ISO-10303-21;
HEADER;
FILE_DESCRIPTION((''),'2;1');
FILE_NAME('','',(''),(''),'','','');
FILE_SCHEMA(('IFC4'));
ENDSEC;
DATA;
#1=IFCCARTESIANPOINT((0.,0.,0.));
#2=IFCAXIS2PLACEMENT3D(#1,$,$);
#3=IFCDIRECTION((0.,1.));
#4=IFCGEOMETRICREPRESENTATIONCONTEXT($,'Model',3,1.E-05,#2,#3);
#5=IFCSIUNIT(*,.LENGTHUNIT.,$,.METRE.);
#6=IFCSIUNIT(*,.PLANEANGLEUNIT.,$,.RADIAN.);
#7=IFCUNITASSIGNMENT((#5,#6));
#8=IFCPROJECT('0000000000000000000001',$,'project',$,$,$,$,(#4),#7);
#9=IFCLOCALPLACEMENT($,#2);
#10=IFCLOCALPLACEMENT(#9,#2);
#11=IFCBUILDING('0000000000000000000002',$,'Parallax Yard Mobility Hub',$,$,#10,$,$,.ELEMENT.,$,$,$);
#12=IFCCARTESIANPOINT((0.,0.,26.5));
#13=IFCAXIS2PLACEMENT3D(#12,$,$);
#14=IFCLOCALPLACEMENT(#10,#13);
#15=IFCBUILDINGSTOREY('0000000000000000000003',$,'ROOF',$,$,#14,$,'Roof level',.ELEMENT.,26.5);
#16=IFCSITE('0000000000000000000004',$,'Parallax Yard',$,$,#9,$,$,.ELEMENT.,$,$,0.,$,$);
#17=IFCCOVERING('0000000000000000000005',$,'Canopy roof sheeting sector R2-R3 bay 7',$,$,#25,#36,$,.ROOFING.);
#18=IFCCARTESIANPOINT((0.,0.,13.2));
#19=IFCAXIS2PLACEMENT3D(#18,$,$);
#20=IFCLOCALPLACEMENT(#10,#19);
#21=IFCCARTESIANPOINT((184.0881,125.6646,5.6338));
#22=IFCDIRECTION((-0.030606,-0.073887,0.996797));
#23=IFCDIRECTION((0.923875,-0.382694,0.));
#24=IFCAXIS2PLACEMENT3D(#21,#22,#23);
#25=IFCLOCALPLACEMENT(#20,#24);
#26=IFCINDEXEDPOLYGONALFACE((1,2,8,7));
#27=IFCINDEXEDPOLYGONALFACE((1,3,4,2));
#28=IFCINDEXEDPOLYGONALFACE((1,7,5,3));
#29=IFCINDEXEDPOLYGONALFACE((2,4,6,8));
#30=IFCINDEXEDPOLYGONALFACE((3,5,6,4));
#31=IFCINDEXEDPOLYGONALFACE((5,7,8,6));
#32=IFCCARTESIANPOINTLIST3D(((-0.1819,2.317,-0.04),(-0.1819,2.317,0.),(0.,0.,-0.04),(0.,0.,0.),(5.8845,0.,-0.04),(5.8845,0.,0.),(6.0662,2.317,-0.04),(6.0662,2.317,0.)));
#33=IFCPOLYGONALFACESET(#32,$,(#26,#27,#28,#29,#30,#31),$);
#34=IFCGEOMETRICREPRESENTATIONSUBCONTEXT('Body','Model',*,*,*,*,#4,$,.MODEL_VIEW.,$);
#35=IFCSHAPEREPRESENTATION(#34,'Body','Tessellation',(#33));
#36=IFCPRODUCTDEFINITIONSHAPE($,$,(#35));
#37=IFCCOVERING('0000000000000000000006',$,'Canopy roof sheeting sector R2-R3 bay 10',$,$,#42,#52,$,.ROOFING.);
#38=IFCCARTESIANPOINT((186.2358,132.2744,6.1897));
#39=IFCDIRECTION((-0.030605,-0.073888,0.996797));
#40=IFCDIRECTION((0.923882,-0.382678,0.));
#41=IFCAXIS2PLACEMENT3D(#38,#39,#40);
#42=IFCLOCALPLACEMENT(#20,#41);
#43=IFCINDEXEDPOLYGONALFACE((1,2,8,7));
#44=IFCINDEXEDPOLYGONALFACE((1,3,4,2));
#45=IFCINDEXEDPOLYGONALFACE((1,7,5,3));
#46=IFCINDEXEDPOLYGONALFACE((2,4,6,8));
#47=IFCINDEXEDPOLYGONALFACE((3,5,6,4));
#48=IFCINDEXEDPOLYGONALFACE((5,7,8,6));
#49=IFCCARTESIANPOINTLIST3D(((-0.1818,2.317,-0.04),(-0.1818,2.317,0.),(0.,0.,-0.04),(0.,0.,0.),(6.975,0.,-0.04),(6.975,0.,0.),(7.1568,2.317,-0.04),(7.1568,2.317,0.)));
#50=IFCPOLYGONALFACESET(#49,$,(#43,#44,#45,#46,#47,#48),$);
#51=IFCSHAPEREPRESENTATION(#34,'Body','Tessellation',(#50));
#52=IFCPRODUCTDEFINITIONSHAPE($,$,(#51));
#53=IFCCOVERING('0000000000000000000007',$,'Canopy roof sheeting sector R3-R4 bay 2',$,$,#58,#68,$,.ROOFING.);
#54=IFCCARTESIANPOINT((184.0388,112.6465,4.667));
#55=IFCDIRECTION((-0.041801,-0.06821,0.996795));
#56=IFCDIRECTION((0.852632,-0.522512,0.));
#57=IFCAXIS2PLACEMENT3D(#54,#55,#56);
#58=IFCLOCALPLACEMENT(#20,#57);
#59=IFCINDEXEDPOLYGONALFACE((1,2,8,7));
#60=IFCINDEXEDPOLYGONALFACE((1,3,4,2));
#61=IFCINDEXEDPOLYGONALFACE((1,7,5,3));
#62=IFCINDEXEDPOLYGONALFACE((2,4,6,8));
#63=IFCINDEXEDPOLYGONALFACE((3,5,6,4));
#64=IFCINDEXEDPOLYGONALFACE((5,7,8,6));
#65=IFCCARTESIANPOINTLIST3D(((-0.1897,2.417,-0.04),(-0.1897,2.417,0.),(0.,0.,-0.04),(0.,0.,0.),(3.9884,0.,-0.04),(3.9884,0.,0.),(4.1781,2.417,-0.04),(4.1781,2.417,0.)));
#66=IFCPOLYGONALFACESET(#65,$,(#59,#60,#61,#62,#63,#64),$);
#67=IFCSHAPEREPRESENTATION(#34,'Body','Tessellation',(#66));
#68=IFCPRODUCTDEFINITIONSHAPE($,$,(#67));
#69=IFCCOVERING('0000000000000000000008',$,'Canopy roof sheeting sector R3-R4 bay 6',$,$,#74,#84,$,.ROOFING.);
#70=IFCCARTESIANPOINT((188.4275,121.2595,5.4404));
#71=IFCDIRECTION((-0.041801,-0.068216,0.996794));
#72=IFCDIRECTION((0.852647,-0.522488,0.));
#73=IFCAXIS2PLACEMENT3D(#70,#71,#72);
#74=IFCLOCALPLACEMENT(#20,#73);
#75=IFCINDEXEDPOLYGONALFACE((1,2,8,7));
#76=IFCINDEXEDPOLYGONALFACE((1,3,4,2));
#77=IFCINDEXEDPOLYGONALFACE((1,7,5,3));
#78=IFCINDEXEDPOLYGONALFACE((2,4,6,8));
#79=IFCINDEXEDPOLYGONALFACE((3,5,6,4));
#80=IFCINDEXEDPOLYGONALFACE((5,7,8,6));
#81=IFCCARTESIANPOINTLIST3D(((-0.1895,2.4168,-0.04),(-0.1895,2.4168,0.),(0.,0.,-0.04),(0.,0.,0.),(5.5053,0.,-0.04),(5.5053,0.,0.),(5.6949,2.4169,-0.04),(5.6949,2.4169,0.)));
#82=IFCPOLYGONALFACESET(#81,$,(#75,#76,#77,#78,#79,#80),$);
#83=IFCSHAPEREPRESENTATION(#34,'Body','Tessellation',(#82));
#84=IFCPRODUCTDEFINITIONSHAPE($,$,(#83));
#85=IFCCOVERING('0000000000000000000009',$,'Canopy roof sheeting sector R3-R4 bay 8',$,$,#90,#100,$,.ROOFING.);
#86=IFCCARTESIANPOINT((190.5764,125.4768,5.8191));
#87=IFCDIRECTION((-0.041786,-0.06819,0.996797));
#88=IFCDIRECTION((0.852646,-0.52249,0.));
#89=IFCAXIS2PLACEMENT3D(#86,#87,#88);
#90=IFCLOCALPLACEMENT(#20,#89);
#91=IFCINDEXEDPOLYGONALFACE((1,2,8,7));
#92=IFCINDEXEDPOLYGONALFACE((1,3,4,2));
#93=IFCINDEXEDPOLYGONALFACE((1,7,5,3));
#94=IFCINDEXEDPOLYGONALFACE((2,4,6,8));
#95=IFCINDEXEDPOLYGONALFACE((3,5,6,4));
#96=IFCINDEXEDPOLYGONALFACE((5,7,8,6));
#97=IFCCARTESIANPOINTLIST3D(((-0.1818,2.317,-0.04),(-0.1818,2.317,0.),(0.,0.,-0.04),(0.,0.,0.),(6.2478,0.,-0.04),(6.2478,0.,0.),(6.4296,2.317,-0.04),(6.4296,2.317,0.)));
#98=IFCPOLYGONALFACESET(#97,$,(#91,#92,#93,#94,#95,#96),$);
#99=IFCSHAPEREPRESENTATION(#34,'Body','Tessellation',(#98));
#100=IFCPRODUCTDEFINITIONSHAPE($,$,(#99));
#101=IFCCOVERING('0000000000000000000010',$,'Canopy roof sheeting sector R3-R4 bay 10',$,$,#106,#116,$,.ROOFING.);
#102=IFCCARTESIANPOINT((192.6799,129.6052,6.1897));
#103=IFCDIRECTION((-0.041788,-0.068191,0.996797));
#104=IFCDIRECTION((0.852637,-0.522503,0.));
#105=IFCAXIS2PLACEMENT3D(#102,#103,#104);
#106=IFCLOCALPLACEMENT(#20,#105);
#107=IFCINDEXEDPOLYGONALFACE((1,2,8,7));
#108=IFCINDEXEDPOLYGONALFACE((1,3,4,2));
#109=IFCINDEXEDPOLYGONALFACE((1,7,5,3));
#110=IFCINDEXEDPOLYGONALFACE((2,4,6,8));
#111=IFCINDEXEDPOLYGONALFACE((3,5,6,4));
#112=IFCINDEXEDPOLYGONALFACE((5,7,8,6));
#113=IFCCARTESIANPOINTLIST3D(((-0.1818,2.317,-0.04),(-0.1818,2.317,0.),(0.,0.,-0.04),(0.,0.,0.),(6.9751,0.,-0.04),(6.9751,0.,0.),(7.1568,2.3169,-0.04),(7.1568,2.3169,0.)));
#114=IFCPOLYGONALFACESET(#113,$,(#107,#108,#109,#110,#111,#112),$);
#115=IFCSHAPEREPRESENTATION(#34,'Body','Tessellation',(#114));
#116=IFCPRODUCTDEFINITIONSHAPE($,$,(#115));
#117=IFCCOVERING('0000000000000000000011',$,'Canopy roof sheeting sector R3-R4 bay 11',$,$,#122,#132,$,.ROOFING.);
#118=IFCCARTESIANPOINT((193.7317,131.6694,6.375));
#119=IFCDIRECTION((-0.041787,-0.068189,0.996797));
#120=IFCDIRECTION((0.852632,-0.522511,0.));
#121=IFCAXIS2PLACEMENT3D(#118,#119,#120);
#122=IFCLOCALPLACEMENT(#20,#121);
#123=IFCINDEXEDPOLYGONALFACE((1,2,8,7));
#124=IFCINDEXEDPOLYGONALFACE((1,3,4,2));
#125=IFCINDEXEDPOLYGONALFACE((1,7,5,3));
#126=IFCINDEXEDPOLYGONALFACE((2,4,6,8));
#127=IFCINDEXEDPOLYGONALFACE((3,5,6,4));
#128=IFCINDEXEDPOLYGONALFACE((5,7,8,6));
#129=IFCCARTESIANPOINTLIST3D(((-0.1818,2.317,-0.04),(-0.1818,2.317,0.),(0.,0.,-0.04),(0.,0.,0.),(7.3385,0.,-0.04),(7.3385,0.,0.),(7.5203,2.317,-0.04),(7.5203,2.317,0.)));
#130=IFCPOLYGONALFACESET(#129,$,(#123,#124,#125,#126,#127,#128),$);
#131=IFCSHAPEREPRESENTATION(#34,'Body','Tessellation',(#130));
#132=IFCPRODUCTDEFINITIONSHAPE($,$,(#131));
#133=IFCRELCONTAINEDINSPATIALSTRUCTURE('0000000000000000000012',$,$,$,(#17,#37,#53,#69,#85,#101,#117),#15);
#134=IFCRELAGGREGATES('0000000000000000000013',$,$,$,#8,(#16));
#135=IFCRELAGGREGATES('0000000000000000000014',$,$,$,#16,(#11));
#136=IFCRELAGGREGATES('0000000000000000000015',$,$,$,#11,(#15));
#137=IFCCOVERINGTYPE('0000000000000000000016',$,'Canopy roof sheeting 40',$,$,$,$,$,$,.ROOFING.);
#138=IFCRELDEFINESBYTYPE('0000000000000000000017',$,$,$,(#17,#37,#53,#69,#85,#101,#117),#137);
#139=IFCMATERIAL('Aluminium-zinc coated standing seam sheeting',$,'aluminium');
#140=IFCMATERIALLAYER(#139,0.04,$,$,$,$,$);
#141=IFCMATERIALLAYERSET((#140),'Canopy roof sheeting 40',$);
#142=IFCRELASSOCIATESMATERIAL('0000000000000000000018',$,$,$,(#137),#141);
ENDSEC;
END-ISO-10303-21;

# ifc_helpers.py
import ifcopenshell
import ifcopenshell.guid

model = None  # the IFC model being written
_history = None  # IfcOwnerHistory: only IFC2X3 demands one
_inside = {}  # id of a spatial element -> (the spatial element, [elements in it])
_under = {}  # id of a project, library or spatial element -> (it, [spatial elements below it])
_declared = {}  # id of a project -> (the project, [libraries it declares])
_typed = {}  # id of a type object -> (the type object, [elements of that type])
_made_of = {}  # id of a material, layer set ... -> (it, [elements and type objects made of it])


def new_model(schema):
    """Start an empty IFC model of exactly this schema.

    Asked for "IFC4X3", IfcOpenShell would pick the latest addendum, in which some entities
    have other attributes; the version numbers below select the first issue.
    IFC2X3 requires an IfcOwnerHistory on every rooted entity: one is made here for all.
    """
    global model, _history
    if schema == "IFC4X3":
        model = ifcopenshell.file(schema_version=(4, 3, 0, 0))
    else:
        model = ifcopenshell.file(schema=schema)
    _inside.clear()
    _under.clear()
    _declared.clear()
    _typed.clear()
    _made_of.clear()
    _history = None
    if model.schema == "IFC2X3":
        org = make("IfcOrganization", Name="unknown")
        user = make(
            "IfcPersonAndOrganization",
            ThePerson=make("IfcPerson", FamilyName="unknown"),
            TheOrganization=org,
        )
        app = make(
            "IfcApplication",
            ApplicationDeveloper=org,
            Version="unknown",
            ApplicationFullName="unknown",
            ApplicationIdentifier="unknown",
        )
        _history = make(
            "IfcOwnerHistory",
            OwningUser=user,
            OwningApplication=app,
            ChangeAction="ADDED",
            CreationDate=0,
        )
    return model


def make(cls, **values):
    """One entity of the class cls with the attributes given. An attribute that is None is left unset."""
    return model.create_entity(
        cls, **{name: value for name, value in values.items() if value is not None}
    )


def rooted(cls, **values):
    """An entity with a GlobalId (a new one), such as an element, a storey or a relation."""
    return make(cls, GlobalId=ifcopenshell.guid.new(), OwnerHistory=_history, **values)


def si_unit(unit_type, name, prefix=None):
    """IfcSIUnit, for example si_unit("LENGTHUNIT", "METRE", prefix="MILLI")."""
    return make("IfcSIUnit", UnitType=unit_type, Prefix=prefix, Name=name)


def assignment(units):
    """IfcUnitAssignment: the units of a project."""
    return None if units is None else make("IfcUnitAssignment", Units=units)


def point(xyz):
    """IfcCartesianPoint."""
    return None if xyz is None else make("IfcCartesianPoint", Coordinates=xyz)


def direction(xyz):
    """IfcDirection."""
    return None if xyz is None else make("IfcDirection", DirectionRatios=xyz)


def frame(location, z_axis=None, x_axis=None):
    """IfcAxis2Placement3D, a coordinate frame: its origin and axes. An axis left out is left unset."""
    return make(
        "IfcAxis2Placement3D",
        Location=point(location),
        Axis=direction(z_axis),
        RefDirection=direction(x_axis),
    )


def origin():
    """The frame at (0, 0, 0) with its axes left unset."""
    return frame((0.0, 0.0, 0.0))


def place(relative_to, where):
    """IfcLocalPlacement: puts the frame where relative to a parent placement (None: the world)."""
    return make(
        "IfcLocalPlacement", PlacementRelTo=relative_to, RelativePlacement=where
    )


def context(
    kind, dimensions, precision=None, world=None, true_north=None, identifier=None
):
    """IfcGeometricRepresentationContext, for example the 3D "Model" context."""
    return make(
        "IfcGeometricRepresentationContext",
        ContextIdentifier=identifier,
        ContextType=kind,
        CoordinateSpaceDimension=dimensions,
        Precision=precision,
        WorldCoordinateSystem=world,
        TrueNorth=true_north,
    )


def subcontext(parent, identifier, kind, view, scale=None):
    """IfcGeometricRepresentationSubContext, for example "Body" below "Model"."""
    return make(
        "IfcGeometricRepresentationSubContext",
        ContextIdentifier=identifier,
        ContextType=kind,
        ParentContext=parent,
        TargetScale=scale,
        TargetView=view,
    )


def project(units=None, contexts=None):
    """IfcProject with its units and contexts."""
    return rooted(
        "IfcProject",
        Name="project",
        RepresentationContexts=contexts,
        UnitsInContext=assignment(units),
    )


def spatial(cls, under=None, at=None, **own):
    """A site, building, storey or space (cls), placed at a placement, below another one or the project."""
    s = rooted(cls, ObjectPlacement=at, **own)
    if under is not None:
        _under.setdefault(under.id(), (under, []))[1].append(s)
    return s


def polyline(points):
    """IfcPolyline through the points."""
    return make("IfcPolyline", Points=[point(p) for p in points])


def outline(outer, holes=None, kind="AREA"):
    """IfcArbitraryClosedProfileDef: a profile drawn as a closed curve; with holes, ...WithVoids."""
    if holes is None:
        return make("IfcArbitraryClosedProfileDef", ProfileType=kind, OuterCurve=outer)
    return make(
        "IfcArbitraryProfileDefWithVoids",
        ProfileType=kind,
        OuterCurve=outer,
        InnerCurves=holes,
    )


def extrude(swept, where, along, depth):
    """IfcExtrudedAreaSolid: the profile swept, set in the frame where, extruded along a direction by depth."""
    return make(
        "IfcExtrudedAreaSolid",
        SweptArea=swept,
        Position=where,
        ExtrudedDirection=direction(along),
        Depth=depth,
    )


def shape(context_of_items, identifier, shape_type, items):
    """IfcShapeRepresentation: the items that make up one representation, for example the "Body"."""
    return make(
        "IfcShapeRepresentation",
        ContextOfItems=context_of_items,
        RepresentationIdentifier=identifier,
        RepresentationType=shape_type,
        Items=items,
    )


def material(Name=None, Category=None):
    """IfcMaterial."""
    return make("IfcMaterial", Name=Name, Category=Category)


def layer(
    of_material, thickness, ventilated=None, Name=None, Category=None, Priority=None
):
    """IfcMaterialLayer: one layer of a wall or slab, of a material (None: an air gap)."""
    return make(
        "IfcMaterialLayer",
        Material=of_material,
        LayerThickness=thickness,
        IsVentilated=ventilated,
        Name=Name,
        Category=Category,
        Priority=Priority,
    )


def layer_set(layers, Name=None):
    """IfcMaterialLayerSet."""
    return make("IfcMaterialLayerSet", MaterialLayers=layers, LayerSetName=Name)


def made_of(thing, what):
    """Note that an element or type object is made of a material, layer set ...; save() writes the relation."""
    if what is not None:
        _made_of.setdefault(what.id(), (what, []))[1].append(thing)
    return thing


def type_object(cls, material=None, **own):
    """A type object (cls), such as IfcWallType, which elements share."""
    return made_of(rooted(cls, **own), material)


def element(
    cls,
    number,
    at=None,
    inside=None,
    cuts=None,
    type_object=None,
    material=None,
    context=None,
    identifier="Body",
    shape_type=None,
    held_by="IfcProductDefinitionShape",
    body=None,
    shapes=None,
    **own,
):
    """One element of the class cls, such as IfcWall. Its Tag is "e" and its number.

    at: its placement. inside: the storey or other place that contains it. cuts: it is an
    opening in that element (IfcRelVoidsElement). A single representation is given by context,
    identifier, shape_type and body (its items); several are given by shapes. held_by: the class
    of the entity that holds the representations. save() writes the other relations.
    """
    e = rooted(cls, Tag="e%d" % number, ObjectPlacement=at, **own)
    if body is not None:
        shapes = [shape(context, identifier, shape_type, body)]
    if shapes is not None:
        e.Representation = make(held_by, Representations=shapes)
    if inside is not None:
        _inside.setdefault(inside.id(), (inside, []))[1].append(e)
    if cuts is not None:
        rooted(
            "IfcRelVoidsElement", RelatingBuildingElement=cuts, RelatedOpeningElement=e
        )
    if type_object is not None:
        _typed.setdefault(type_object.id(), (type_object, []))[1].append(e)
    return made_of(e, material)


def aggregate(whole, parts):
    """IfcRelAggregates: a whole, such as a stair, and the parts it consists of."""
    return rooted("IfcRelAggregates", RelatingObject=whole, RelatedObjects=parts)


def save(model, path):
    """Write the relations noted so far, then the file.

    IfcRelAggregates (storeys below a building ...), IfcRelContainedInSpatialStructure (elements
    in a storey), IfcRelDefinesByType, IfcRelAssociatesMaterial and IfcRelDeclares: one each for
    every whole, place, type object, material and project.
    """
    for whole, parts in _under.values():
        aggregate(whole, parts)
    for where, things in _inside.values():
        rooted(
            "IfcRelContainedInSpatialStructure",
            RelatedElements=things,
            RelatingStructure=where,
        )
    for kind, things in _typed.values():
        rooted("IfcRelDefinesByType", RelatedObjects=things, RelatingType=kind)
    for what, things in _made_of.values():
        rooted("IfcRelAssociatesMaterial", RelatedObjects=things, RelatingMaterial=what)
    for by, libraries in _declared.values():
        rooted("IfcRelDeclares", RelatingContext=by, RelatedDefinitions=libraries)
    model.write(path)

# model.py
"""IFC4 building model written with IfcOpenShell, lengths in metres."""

from ifc_helpers import new_model, si_unit, direction, frame, origin, place, context, subcontext, project, spatial, polyline, outline, extrude, material, layer, layer_set, type_object, element, save


model = new_model("IFC4")

# Units and contexts
model_context = context("Model", 3, precision=1e-05, world=origin(), true_north=direction((0.0, 1.0)))
body_context = subcontext(model_context, "Body", "Model", "MODEL_VIEW")
ifc_project = project(units=[si_unit("LENGTHUNIT", "METRE"), si_unit("PLANEANGLEUNIT", "RADIAN")], contexts=[model_context])

# Site, building, storey
site_placement = place(None, origin())
site = spatial("IfcSite", under=ifc_project, at=site_placement, Name="Parallax Yard", CompositionType="ELEMENT", RefElevation=0.0)
building_placement = place(site_placement, origin())
building = spatial("IfcBuilding", under=site, at=building_placement, Name="Parallax Yard Mobility Hub", CompositionType="ELEMENT")
storey_placement = place(building_placement, frame((0.0, 0.0, 26.5)))
storey = spatial("IfcBuildingStorey", under=building, at=storey_placement, Name="ROOF", LongName="Roof level", CompositionType="ELEMENT", Elevation=26.5)

# Coverings
ifc_material = material(Name="Aluminium-zinc coated standing seam sheeting", Category="aluminium")
ifc_layer = layer(ifc_material, 0.04)
ifc_layer_set = layer_set([ifc_layer], Name="Canopy roof sheeting 40")
covering_type = type_object("IfcCoveringType", Name="Canopy roof sheeting 40", PredefinedType="ROOFING", material=ifc_layer_set)
placement = place(building_placement, frame((0.0, 0.0, 13.2)))
covering_1_placement = place(placement, frame((184.0881, 125.6646, 5.6338), z_axis=(-0.030606, -0.073887, 0.996797), x_axis=(0.923875, -0.382694, 0.0)))
element("IfcCovering", 1, at=covering_1_placement, inside=storey, type_object=covering_type, Name="Canopy roof sheeting sector R2-R3 bay 7", PredefinedType="ROOFING", context=body_context, shape_type="SweptSolid", body=[
    extrude(outline(polyline([(0.0, 0.0), (5.8845, 0.0), (6.0662, 2.317), (-0.1819, 2.317), (0.0, 0.0)])), origin(), (0.0, 0.0, -1.0), 0.04),
])
covering_2_placement = place(placement, frame((186.2358, 132.2744, 6.1897), z_axis=(-0.030605, -0.073888, 0.996797), x_axis=(0.923882, -0.382678, 0.0)))
element("IfcCovering", 2, at=covering_2_placement, inside=storey, type_object=covering_type, Name="Canopy roof sheeting sector R2-R3 bay 10", PredefinedType="ROOFING", context=body_context, shape_type="SweptSolid", body=[
    extrude(outline(polyline([(0.0, 0.0), (6.975, 0.0), (7.1568, 2.317), (-0.1818, 2.317), (0.0, 0.0)])), origin(), (0.0, 0.0, -1.0), 0.04),
])
covering_3_placement = place(placement, frame((184.0388, 112.6465, 4.667), z_axis=(-0.041801, -0.06821, 0.996795), x_axis=(0.852632, -0.522512, 0.0)))
element("IfcCovering", 3, at=covering_3_placement, inside=storey, type_object=covering_type, Name="Canopy roof sheeting sector R3-R4 bay 2", PredefinedType="ROOFING", context=body_context, shape_type="SweptSolid", body=[
    extrude(outline(polyline([(0.0, 0.0), (3.9884, 0.0), (4.1781, 2.417), (-0.1897, 2.417), (0.0, 0.0)])), origin(), (0.0, 0.0, -1.0), 0.04),
])
covering_4_placement = place(placement, frame((188.4275, 121.2595, 5.4404), z_axis=(-0.041801, -0.068216, 0.996794), x_axis=(0.852647, -0.522488, 0.0)))
element("IfcCovering", 4, at=covering_4_placement, inside=storey, type_object=covering_type, Name="Canopy roof sheeting sector R3-R4 bay 6", PredefinedType="ROOFING", context=body_context, shape_type="SweptSolid", body=[
    extrude(outline(polyline([(0.0, 0.0), (5.5053, 0.0), (5.6949, 2.4169), (-0.1895, 2.4168), (0.0, 0.0)])), origin(), (0.0, 0.0, -1.0), 0.04),
])
covering_5_placement = place(placement, frame((190.5764, 125.4768, 5.8191), z_axis=(-0.041786, -0.06819, 0.996797), x_axis=(0.852646, -0.52249, 0.0)))
element("IfcCovering", 5, at=covering_5_placement, inside=storey, type_object=covering_type, Name="Canopy roof sheeting sector R3-R4 bay 8", PredefinedType="ROOFING", context=body_context, shape_type="SweptSolid", body=[
    extrude(outline(polyline([(0.0, 0.0), (6.2478, 0.0), (6.4296, 2.317), (-0.1818, 2.317), (0.0, 0.0)])), origin(), (0.0, 0.0, -1.0), 0.04),
])
covering_6_placement = place(placement, frame((192.6799, 129.6052, 6.1897), z_axis=(-0.041788, -0.068191, 0.996797), x_axis=(0.852637, -0.522503, 0.0)))
element("IfcCovering", 6, at=covering_6_placement, inside=storey, type_object=covering_type, Name="Canopy roof sheeting sector R3-R4 bay 10", PredefinedType="ROOFING", context=body_context, shape_type="SweptSolid", body=[
    extrude(outline(polyline([(0.0, 0.0), (6.9751, 0.0), (7.1568, 2.3169), (-0.1818, 2.317), (0.0, 0.0)])), origin(), (0.0, 0.0, -1.0), 0.04),
])
covering_7_placement = place(placement, frame((193.7317, 131.6694, 6.375), z_axis=(-0.041787, -0.068189, 0.996797), x_axis=(0.852632, -0.522511, 0.0)))
element("IfcCovering", 7, at=covering_7_placement, inside=storey, type_object=covering_type, Name="Canopy roof sheeting sector R3-R4 bay 11", PredefinedType="ROOFING", context=body_context, shape_type="SweptSolid", body=[
    extrude(outline(polyline([(0.0, 0.0), (7.3385, 0.0), (7.5203, 2.317), (-0.1818, 2.317), (0.0, 0.0)])), origin(), (0.0, 0.0, -1.0), 0.04),
])

save(model, "model.ifc")
